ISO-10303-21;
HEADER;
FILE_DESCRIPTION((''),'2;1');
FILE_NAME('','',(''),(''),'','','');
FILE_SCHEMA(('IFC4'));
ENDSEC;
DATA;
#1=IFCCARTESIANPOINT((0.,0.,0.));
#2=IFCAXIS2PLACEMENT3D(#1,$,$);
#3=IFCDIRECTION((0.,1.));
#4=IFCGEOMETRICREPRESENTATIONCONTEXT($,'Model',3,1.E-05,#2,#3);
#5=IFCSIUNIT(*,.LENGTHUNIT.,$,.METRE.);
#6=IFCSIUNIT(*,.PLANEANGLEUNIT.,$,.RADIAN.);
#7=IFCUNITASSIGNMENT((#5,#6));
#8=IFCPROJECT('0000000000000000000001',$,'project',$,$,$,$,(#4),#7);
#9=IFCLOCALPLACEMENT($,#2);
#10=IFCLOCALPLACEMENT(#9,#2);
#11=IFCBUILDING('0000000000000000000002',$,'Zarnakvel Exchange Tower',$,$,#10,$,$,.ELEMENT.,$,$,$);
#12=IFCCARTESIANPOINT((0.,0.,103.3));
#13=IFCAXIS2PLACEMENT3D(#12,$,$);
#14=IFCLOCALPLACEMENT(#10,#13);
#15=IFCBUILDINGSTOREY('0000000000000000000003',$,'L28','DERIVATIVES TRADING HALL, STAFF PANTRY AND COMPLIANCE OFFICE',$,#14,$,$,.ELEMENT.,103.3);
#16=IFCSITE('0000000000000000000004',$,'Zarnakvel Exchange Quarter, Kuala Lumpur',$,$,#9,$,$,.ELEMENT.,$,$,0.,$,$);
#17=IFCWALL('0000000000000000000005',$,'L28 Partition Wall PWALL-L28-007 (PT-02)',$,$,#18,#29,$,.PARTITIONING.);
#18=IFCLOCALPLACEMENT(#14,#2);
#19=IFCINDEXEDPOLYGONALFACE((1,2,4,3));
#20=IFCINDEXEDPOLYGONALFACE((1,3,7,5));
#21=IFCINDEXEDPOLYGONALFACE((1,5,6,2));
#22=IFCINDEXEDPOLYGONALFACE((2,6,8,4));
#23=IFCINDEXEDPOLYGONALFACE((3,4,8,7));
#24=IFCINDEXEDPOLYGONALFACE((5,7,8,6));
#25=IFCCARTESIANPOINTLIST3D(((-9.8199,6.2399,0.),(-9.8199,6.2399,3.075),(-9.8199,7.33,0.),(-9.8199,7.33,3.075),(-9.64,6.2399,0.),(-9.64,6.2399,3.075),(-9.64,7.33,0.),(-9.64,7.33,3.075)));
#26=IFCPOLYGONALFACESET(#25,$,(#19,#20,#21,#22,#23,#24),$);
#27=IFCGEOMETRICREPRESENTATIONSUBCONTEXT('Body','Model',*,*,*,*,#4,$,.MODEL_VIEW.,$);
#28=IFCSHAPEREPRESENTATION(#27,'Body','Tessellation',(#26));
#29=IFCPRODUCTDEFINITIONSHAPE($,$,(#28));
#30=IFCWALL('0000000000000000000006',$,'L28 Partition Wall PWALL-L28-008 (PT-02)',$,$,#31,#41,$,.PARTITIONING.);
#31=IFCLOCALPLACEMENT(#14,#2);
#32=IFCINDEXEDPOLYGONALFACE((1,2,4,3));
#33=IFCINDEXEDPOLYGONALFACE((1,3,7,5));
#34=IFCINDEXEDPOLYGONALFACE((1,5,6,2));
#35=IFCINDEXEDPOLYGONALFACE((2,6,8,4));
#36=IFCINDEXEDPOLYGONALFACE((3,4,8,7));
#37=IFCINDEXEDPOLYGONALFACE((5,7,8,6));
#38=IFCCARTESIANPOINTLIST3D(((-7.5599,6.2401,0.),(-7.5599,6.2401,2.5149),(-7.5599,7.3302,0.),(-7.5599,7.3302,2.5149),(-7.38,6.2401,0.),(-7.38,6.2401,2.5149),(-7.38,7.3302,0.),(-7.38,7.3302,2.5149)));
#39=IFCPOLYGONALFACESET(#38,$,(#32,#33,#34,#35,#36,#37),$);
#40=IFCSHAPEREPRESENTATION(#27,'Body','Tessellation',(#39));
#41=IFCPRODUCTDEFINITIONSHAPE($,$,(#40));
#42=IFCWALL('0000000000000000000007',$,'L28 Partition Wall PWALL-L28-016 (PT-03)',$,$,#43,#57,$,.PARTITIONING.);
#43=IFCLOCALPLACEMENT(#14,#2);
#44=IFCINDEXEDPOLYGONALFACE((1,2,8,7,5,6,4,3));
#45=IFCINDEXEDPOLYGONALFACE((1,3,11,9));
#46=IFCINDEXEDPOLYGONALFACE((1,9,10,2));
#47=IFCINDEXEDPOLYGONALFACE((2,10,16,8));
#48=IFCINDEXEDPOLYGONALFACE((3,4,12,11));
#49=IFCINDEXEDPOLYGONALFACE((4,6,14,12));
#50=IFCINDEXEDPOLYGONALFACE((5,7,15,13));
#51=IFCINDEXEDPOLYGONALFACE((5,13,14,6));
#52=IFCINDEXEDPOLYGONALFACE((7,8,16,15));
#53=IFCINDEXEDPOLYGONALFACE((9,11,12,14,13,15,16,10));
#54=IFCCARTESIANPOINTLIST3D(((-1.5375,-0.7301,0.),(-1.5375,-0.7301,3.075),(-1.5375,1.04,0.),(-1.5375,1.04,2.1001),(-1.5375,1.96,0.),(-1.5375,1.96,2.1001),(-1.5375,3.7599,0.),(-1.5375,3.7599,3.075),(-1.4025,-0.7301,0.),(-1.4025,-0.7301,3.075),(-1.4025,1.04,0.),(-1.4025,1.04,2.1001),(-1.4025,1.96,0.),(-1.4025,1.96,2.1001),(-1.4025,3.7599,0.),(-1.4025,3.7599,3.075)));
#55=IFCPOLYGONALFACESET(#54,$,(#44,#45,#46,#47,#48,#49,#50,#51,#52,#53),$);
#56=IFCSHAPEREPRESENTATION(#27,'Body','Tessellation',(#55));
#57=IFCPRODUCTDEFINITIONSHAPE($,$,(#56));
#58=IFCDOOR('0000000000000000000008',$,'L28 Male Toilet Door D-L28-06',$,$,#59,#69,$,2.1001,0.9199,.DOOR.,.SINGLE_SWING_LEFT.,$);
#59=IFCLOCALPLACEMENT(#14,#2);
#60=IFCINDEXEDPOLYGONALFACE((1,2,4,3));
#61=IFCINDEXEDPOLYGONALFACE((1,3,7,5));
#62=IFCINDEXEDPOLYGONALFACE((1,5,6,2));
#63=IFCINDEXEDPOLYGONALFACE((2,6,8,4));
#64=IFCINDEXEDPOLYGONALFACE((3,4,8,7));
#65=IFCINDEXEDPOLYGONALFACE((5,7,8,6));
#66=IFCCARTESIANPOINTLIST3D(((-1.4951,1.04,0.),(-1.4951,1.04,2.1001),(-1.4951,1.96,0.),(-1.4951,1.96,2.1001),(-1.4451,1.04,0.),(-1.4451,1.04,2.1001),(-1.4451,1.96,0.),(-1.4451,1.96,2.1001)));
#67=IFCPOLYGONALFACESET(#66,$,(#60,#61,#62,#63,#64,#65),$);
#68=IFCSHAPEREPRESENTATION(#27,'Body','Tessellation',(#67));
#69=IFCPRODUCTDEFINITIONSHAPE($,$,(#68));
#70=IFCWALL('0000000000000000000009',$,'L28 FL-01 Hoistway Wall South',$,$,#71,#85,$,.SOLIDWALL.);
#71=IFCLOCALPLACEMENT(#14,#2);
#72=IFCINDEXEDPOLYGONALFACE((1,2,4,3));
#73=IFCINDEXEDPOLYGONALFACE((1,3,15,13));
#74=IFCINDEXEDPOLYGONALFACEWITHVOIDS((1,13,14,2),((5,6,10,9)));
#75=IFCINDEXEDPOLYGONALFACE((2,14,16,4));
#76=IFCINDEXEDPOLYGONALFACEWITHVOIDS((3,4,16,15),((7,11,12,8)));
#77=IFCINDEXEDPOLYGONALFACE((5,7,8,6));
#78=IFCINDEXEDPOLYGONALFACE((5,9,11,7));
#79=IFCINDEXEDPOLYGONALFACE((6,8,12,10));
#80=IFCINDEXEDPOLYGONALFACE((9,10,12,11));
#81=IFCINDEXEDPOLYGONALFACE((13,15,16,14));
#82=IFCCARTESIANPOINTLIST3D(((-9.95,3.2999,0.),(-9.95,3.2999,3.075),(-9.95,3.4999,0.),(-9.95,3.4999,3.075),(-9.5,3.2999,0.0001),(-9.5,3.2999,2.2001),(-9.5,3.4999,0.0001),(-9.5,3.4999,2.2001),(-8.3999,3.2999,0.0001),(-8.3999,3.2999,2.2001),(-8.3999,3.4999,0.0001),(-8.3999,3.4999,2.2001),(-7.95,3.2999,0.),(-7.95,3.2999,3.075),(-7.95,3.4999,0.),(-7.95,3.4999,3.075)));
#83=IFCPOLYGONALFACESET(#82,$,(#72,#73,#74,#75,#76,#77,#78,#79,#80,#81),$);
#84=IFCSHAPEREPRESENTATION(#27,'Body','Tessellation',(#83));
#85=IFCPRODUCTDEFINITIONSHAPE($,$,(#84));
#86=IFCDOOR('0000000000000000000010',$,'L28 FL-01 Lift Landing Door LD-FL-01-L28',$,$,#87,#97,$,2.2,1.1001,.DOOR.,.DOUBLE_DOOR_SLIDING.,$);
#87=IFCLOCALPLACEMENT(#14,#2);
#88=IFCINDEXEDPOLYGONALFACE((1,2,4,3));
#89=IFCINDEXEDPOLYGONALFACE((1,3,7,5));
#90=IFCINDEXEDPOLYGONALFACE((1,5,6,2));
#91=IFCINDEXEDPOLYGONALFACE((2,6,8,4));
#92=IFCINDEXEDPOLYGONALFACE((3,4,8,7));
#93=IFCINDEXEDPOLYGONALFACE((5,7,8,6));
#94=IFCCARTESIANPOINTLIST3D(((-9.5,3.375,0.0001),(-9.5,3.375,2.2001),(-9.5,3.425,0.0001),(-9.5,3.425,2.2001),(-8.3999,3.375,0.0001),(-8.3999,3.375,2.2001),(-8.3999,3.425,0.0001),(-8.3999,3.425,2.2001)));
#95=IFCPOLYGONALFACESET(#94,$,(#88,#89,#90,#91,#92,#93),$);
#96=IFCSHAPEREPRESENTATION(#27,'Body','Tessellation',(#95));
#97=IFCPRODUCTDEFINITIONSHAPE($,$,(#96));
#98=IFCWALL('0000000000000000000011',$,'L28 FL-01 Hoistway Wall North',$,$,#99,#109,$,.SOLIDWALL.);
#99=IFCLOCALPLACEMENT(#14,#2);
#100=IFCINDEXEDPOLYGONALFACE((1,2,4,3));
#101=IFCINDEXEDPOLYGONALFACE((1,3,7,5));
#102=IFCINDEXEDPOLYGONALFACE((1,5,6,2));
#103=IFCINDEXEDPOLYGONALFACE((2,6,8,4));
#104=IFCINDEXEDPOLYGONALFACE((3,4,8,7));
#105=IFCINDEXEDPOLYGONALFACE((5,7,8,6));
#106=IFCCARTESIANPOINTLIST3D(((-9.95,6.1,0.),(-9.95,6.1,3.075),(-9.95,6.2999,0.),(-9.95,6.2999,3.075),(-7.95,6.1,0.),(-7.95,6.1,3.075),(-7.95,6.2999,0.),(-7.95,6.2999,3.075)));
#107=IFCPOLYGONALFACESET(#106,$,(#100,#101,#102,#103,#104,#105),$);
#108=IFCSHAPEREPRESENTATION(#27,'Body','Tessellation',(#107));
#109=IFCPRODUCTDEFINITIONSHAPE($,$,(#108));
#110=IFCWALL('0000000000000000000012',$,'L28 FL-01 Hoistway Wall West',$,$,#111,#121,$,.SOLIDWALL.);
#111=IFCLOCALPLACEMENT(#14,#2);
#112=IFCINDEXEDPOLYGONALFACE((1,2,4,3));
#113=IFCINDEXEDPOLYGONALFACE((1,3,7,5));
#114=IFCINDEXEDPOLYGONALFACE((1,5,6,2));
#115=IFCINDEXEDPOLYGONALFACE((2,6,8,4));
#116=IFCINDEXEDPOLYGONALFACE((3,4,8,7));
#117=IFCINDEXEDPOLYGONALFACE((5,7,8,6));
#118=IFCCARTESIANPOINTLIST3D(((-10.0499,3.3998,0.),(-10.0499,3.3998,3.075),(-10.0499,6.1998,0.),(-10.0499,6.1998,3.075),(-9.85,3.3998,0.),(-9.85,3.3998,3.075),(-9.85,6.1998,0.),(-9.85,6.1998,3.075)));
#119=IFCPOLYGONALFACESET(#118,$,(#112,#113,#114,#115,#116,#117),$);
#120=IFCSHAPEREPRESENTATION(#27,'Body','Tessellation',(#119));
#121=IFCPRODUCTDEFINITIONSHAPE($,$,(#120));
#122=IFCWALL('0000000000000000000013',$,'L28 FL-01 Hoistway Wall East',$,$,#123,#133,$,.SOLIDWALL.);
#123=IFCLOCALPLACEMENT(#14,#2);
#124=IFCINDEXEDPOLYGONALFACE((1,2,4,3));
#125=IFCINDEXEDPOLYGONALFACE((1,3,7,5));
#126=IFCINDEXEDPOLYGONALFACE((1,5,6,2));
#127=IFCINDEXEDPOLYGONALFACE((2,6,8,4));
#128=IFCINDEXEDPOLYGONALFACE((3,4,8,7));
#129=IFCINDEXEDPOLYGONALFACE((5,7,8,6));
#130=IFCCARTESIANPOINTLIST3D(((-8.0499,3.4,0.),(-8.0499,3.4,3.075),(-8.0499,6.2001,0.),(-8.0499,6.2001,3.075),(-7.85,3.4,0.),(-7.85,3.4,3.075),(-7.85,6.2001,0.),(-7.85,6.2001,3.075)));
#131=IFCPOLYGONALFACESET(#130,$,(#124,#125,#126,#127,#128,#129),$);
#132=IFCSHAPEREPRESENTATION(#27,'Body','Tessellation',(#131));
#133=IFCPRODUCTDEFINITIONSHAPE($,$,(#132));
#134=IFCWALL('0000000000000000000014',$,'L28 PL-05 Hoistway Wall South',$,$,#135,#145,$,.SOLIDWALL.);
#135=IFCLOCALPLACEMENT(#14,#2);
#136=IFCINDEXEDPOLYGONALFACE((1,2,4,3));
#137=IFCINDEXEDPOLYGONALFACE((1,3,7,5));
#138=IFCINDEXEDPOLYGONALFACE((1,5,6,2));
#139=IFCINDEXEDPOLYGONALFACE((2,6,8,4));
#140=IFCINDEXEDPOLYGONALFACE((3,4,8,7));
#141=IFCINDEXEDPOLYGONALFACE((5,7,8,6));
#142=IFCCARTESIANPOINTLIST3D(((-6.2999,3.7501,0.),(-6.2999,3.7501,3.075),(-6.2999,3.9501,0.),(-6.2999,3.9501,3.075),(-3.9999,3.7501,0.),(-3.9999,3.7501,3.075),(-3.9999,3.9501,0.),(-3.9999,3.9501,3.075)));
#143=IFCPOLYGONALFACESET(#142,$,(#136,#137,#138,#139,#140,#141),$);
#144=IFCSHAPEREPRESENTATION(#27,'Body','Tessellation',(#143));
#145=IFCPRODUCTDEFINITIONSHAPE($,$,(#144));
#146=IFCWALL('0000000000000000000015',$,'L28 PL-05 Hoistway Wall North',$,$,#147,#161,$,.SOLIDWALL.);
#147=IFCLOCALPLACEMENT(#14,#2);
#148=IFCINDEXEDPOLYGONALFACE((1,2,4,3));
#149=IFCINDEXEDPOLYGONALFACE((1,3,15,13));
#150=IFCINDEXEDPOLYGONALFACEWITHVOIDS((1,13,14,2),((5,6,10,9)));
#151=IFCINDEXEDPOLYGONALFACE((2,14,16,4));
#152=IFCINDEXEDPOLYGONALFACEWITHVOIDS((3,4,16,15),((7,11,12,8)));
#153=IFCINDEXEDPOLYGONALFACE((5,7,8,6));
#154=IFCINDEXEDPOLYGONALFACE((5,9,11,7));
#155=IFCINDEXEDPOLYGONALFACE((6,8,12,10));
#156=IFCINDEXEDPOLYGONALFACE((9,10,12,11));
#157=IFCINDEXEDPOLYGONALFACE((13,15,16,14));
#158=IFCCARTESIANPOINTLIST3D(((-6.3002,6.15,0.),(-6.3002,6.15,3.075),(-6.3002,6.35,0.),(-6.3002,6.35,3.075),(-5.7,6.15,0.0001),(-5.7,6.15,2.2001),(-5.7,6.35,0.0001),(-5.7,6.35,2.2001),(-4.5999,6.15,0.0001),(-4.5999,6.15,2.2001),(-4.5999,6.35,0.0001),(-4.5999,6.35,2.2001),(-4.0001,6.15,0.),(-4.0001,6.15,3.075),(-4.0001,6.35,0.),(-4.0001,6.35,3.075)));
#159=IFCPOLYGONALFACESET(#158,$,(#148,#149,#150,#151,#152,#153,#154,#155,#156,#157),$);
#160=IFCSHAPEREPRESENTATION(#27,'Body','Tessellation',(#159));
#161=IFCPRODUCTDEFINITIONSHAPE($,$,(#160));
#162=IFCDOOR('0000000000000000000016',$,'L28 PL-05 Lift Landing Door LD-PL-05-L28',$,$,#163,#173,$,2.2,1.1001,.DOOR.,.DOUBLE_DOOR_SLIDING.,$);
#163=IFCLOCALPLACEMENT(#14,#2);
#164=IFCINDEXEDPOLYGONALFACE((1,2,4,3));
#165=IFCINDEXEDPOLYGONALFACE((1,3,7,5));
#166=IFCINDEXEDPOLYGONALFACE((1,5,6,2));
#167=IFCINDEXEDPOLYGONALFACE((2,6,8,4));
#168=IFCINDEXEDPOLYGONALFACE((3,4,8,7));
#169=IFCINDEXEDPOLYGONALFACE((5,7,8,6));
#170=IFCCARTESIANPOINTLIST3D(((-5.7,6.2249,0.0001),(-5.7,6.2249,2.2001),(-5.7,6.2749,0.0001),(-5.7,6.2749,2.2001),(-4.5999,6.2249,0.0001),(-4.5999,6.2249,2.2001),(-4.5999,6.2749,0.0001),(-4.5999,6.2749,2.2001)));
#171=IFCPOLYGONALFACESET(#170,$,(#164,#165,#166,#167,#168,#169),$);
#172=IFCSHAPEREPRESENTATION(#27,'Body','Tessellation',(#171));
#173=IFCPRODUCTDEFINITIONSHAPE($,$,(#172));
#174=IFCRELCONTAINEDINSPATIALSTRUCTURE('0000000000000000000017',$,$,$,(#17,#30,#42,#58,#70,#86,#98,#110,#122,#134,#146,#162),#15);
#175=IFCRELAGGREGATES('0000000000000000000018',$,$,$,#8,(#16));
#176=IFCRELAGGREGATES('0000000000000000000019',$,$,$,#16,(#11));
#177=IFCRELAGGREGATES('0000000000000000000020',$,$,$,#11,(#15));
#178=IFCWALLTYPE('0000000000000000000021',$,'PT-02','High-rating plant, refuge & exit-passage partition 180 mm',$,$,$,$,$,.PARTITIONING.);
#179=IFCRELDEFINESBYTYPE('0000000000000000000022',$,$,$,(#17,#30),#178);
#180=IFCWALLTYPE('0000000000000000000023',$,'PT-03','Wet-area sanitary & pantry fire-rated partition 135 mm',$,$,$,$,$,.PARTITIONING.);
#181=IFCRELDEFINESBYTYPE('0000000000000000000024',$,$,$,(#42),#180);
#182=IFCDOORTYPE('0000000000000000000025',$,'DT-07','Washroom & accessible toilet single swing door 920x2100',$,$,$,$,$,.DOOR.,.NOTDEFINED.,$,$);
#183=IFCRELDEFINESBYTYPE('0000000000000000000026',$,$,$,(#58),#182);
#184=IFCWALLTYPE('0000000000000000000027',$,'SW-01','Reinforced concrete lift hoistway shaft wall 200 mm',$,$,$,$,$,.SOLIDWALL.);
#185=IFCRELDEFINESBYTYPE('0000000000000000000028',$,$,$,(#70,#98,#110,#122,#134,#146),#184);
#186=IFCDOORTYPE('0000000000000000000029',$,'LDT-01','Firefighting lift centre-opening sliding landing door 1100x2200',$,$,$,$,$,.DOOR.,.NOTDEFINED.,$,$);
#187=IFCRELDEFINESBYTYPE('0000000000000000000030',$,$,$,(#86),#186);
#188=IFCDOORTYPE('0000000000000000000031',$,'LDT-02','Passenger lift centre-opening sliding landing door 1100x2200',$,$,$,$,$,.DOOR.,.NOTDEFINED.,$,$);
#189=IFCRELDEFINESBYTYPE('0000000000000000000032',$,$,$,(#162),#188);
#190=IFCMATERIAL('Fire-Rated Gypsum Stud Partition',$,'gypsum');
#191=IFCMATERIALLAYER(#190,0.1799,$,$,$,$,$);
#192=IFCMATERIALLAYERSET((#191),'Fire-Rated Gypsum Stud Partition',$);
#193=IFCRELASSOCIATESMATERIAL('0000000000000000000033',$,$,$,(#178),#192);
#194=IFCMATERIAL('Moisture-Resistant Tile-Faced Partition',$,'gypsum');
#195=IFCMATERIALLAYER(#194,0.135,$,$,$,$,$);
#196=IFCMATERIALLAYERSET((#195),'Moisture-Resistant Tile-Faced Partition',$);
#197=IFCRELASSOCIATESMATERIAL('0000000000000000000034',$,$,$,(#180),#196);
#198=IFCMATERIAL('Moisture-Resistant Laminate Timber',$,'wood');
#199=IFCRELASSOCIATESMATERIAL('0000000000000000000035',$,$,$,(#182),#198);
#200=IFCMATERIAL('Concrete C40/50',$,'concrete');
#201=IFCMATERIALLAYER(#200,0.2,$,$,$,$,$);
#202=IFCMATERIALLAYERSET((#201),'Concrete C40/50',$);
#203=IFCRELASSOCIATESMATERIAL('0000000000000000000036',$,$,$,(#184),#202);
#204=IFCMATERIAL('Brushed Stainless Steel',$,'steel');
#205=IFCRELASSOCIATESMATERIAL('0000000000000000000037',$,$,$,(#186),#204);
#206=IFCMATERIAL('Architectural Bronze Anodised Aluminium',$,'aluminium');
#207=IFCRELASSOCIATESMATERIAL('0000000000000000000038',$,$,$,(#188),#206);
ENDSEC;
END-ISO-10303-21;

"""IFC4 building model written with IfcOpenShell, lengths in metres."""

from ifc_helpers import new_model, si_unit, direction, frame, frame_2d, origin, place, context, subcontext, project, spatial, rectangle, extrude, source, transform, mapped, material, layer, layer_set, type_object, element, fill, save


model = new_model("IFC4")

# Units and contexts
model_context = context("Model", 3, precision=1e-05, world=origin(), true_north=direction((0.0, 1.0)))
body_context = subcontext(model_context, "Body", "Model", "MODEL_VIEW")
ifc_project = project(units=[si_unit("LENGTHUNIT", "METRE"), si_unit("PLANEANGLEUNIT", "RADIAN")], contexts=[model_context])

# Site, building, storey
site_placement = place(None, origin())
site = spatial("IfcSite", under=ifc_project, at=site_placement, Name="Zarnakvel Exchange Quarter, Kuala Lumpur", CompositionType="ELEMENT", RefElevation=0.0)
building_placement = place(site_placement, origin())
building = spatial("IfcBuilding", under=site, at=building_placement, Name="Zarnakvel Exchange Tower", CompositionType="ELEMENT")
storey_placement = place(building_placement, frame((0.0, 0.0, 103.3)))
storey = spatial("IfcBuildingStorey", under=building, at=storey_placement, Name="L28", Description="DERIVATIVES TRADING HALL, STAFF PANTRY AND COMPLIANCE OFFICE", CompositionType="ELEMENT", Elevation=103.3)

# Walls
ifc_material_1 = material(Name="Fire-Rated Gypsum Stud Partition", Category="gypsum")
ifc_layer_1 = layer(ifc_material_1, 0.1799)
ifc_layer_set_1 = layer_set([ifc_layer_1], Name="Fire-Rated Gypsum Stud Partition")
wall_type_1 = type_object("IfcWallType", Name="PT-02", Description="High-rating plant, refuge & exit-passage partition 180 mm", PredefinedType="PARTITIONING", material=ifc_layer_set_1)
wall_1_placement = place(storey_placement, frame((-9.73, 6.24, 0.0), z_axis=(0.0, 0.0, 1.0), x_axis=(0.0, 1.0, 0.0)))
element("IfcWall", 1, at=wall_1_placement, inside=storey, type_object=wall_type_1, Name="L28 Partition Wall PWALL-L28-007 (PT-02)", PredefinedType="PARTITIONING", context=body_context, shape_type="SweptSolid", body=[
    extrude(rectangle(XDim=1.0901, YDim=0.1799, at=frame_2d((0.5449, 0.0))), origin(), (0.0, 0.0, 1.0), 3.075),
])
wall_2_placement = place(storey_placement, frame((-7.47, 7.3301, 0.0), z_axis=(0.0, 0.0, 1.0), x_axis=(0.0, -1.0, 0.0)))
element("IfcWall", 2, at=wall_2_placement, inside=storey, type_object=wall_type_1, Name="L28 Partition Wall PWALL-L28-008 (PT-02)", PredefinedType="PARTITIONING", context=body_context, shape_type="SweptSolid", body=[
    extrude(rectangle(XDim=1.0901, YDim=0.1799, at=frame_2d((0.5449, 0.0))), origin(), (0.0, 0.0, 1.0), 2.5149),
])

# Walls, openings, doors
ifc_material_2 = material(Name="Moisture-Resistant Tile-Faced Partition", Category="gypsum")
ifc_layer_2 = layer(ifc_material_2, 0.135)
ifc_layer_set_2 = layer_set([ifc_layer_2], Name="Moisture-Resistant Tile-Faced Partition")
wall_type_2 = type_object("IfcWallType", Name="PT-03", Description="Wet-area sanitary & pantry fire-rated partition 135 mm", PredefinedType="PARTITIONING", material=ifc_layer_set_2)
wall_3_placement = place(storey_placement, frame((-1.47, 3.76, 0.0), z_axis=(0.0, 0.0, 1.0), x_axis=(0.0, -1.0, 0.0)))
wall_3 = element("IfcWall", 3, at=wall_3_placement, inside=storey, type_object=wall_type_2, Name="L28 Partition Wall PWALL-L28-016 (PT-03)", PredefinedType="PARTITIONING", context=body_context, shape_type="SweptSolid", body=[
    extrude(rectangle(XDim=4.49, YDim=0.135, at=frame_2d((2.2451, 0.0))), origin(), (0.0, 0.0, 1.0), 3.075),
])
opening_1_placement = place(wall_3_placement, frame((1.8, 0.0, 0.0)))
opening_1 = element("IfcOpeningElement", 4, at=opening_1_placement, cuts=wall_3, PredefinedType="OPENING", context=body_context, shape_type="SweptSolid", body=[
    extrude(rectangle(XDim=0.9199, YDim=2.1001, at=frame_2d((0.46, 1.05))), frame((0.0, 0.0774, 0.0), z_axis=(0.0, -1.0, 0.0), x_axis=(1.0, 0.0, 0.0)), (0.0, 0.0, 1.0), 0.155),
])
ifc_material_3 = material(Name="Moisture-Resistant Laminate Timber", Category="wood")
door_type_1 = type_object("IfcDoorType", Name="DT-07", Description="Washroom & accessible toilet single swing door 920x2100", OperationType="NOTDEFINED", PredefinedType="DOOR", material=ifc_material_3)
shared_shape_1 = source(origin(), body_context, "Body", "SweptSolid", [
    extrude(rectangle(XDim=0.9199, YDim=2.1001, at=frame_2d((0.46, 1.05))), frame((0.0, 0.0249, 0.0), z_axis=(0.0, -1.0, 0.0), x_axis=(1.0, 0.0, 0.0)), (0.0, 0.0, 1.0), 0.05),
])
door_1_placement = place(opening_1_placement, origin())
door_1 = element("IfcDoor", 5, at=door_1_placement, inside=storey, type_object=door_type_1, Name="L28 Male Toilet Door D-L28-06", OperationType="SINGLE_SWING_LEFT", OverallHeight=2.1001, OverallWidth=0.9199, PredefinedType="DOOR", context=body_context, shape_type="MappedRepresentation", body=[
    mapped(shared_shape_1, transform((0.0, 0.0, 0.0), x_axis=(1.0, 0.0, 0.0), y_axis=(0.0, 1.0, 0.0), z_axis=(0.0, 0.0, 1.0), scale=1.0)),
])
fill(opening_1, door_1)
ifc_material_4 = material(Name="Concrete C40/50", Category="concrete")
ifc_layer_3 = layer(ifc_material_4, 0.2)
ifc_layer_set_3 = layer_set([ifc_layer_3], Name="Concrete C40/50")
wall_type_3 = type_object("IfcWallType", Name="SW-01", Description="Reinforced concrete lift hoistway shaft wall 200 mm", PredefinedType="SOLIDWALL", material=ifc_layer_set_3)
wall_4_placement = place(storey_placement, frame((-7.95, 3.3999, 0.0), z_axis=(0.0, 0.0, 1.0), x_axis=(-1.0, 0.0, 0.0)))
wall_4 = element("IfcWall", 6, at=wall_4_placement, inside=storey, type_object=wall_type_3, Name="L28 FL-01 Hoistway Wall South", PredefinedType="SOLIDWALL", context=body_context, shape_type="SweptSolid", body=[
    extrude(rectangle(XDim=2.0, YDim=0.2, at=frame_2d((1.0, 0.0))), origin(), (0.0, 0.0, 1.0), 3.075),
])
opening_2_placement = place(wall_4_placement, frame((0.45, 0.0, 0.0)))
opening_2 = element("IfcOpeningElement", 7, at=opening_2_placement, cuts=wall_4, PredefinedType="OPENING", context=body_context, shape_type="SweptSolid", body=[
    extrude(rectangle(XDim=1.1001, YDim=2.2, at=frame_2d((0.55, 1.1001))), frame((0.0, 0.1099, 0.0), z_axis=(0.0, -1.0, 0.0), x_axis=(1.0, 0.0, 0.0)), (0.0, 0.0, 1.0), 0.22),
])
ifc_material_5 = material(Name="Brushed Stainless Steel", Category="steel")
door_type_2 = type_object("IfcDoorType", Name="LDT-01", Description="Firefighting lift centre-opening sliding landing door 1100x2200", OperationType="NOTDEFINED", PredefinedType="DOOR", material=ifc_material_5)
shared_shape_2 = source(origin(), body_context, "Body", "SweptSolid", [
    extrude(rectangle(XDim=1.1001, YDim=2.2, at=frame_2d((0.55, 1.1001))), frame((0.0, 0.0249, 0.0), z_axis=(0.0, -1.0, 0.0), x_axis=(1.0, 0.0, 0.0)), (0.0, 0.0, 1.0), 0.05),
])
door_2_placement = place(opening_2_placement, origin())
door_2 = element("IfcDoor", 8, at=door_2_placement, inside=storey, type_object=door_type_2, Name="L28 FL-01 Lift Landing Door LD-FL-01-L28", OperationType="DOUBLE_DOOR_SLIDING", OverallHeight=2.2, OverallWidth=1.1001, PredefinedType="DOOR", context=body_context, shape_type="MappedRepresentation", body=[
    mapped(shared_shape_2, transform((0.0, 0.0, 0.0), x_axis=(1.0, 0.0, 0.0), y_axis=(0.0, 1.0, 0.0), z_axis=(0.0, 0.0, 1.0), scale=1.0)),
])
fill(opening_2, door_2)

# Walls
wall_5_placement = place(storey_placement, frame((-9.95, 6.2, 0.0), z_axis=(0.0, 0.0, 1.0), x_axis=(1.0, 0.0, 0.0)))
element("IfcWall", 9, at=wall_5_placement, inside=storey, type_object=wall_type_3, Name="L28 FL-01 Hoistway Wall North", PredefinedType="SOLIDWALL", context=body_context, shape_type="SweptSolid", body=[
    extrude(rectangle(XDim=2.0, YDim=0.2, at=frame_2d((1.0, 0.0))), origin(), (0.0, 0.0, 1.0), 3.075),
])
for number, where, z_axis, x_axis, name in (
    (10, (-9.95, 3.3999, 0.0), (0.0, 0.0, 1.0), (0.0, 1.0, 0.0), "L28 FL-01 Hoistway Wall West"),
    (11, (-7.95, 6.2, 0.0), (0.0, 0.0, 1.0), (0.0, -1.0, 0.0), "L28 FL-01 Hoistway Wall East"),
):
    element("IfcWall", number, at=place(storey_placement, frame(where, z_axis=z_axis, x_axis=x_axis)), inside=storey, type_object=wall_type_3, Name=name, PredefinedType="SOLIDWALL", context=body_context, shape_type="SweptSolid", body=[
        extrude(rectangle(XDim=2.8, YDim=0.2, at=frame_2d((1.3999, 0.0))), origin(), (0.0, 0.0, 1.0), 3.075),
    ])
wall_6_placement = place(storey_placement, frame((-4.0, 3.8501, 0.0), z_axis=(0.0, 0.0, 1.0), x_axis=(-1.0, 0.0, 0.0)))
element("IfcWall", 12, at=wall_6_placement, inside=storey, type_object=wall_type_3, Name="L28 PL-05 Hoistway Wall South", PredefinedType="SOLIDWALL", context=body_context, shape_type="SweptSolid", body=[
    extrude(rectangle(XDim=2.3, YDim=0.2, at=frame_2d((1.1499, 0.0))), origin(), (0.0, 0.0, 1.0), 3.075),
])

# Wall, opening, door
wall_7_placement = place(storey_placement, frame((-6.3, 6.25, 0.0), z_axis=(0.0, 0.0, 1.0), x_axis=(1.0, 0.0, 0.0)))
wall_7 = element("IfcWall", 13, at=wall_7_placement, inside=storey, type_object=wall_type_3, Name="L28 PL-05 Hoistway Wall North", PredefinedType="SOLIDWALL", context=body_context, shape_type="SweptSolid", body=[
    extrude(rectangle(XDim=2.3, YDim=0.2, at=frame_2d((1.1499, 0.0))), origin(), (0.0, 0.0, 1.0), 3.075),
])
opening_3_placement = place(wall_7_placement, frame((0.6001, 0.0, 0.0)))
opening_3 = element("IfcOpeningElement", 14, at=opening_3_placement, cuts=wall_7, PredefinedType="OPENING", context=body_context, shape_type="SweptSolid", body=[
    extrude(rectangle(XDim=1.1001, YDim=2.2, at=frame_2d((0.55, 1.1001))), frame((0.0, 0.1099, 0.0), z_axis=(0.0, -1.0, 0.0), x_axis=(1.0, 0.0, 0.0)), (0.0, 0.0, 1.0), 0.22),
])
ifc_material_6 = material(Name="Architectural Bronze Anodised Aluminium", Category="aluminium")
door_type_3 = type_object("IfcDoorType", Name="LDT-02", Description="Passenger lift centre-opening sliding landing door 1100x2200", OperationType="NOTDEFINED", PredefinedType="DOOR", material=ifc_material_6)
door_3_placement = place(opening_3_placement, origin())
door_3 = element("IfcDoor", 15, at=door_3_placement, inside=storey, type_object=door_type_3, Name="L28 PL-05 Lift Landing Door LD-PL-05-L28", OperationType="DOUBLE_DOOR_SLIDING", OverallHeight=2.2, OverallWidth=1.1001, PredefinedType="DOOR", context=body_context, shape_type="MappedRepresentation", body=[
    mapped(shared_shape_2, transform((0.0, 0.0, 0.0), x_axis=(1.0, 0.0, 0.0), y_axis=(0.0, 1.0, 0.0), z_axis=(0.0, 0.0, 1.0), scale=1.0)),
])
fill(opening_3, door_3)

save(model, "model.ifc")
